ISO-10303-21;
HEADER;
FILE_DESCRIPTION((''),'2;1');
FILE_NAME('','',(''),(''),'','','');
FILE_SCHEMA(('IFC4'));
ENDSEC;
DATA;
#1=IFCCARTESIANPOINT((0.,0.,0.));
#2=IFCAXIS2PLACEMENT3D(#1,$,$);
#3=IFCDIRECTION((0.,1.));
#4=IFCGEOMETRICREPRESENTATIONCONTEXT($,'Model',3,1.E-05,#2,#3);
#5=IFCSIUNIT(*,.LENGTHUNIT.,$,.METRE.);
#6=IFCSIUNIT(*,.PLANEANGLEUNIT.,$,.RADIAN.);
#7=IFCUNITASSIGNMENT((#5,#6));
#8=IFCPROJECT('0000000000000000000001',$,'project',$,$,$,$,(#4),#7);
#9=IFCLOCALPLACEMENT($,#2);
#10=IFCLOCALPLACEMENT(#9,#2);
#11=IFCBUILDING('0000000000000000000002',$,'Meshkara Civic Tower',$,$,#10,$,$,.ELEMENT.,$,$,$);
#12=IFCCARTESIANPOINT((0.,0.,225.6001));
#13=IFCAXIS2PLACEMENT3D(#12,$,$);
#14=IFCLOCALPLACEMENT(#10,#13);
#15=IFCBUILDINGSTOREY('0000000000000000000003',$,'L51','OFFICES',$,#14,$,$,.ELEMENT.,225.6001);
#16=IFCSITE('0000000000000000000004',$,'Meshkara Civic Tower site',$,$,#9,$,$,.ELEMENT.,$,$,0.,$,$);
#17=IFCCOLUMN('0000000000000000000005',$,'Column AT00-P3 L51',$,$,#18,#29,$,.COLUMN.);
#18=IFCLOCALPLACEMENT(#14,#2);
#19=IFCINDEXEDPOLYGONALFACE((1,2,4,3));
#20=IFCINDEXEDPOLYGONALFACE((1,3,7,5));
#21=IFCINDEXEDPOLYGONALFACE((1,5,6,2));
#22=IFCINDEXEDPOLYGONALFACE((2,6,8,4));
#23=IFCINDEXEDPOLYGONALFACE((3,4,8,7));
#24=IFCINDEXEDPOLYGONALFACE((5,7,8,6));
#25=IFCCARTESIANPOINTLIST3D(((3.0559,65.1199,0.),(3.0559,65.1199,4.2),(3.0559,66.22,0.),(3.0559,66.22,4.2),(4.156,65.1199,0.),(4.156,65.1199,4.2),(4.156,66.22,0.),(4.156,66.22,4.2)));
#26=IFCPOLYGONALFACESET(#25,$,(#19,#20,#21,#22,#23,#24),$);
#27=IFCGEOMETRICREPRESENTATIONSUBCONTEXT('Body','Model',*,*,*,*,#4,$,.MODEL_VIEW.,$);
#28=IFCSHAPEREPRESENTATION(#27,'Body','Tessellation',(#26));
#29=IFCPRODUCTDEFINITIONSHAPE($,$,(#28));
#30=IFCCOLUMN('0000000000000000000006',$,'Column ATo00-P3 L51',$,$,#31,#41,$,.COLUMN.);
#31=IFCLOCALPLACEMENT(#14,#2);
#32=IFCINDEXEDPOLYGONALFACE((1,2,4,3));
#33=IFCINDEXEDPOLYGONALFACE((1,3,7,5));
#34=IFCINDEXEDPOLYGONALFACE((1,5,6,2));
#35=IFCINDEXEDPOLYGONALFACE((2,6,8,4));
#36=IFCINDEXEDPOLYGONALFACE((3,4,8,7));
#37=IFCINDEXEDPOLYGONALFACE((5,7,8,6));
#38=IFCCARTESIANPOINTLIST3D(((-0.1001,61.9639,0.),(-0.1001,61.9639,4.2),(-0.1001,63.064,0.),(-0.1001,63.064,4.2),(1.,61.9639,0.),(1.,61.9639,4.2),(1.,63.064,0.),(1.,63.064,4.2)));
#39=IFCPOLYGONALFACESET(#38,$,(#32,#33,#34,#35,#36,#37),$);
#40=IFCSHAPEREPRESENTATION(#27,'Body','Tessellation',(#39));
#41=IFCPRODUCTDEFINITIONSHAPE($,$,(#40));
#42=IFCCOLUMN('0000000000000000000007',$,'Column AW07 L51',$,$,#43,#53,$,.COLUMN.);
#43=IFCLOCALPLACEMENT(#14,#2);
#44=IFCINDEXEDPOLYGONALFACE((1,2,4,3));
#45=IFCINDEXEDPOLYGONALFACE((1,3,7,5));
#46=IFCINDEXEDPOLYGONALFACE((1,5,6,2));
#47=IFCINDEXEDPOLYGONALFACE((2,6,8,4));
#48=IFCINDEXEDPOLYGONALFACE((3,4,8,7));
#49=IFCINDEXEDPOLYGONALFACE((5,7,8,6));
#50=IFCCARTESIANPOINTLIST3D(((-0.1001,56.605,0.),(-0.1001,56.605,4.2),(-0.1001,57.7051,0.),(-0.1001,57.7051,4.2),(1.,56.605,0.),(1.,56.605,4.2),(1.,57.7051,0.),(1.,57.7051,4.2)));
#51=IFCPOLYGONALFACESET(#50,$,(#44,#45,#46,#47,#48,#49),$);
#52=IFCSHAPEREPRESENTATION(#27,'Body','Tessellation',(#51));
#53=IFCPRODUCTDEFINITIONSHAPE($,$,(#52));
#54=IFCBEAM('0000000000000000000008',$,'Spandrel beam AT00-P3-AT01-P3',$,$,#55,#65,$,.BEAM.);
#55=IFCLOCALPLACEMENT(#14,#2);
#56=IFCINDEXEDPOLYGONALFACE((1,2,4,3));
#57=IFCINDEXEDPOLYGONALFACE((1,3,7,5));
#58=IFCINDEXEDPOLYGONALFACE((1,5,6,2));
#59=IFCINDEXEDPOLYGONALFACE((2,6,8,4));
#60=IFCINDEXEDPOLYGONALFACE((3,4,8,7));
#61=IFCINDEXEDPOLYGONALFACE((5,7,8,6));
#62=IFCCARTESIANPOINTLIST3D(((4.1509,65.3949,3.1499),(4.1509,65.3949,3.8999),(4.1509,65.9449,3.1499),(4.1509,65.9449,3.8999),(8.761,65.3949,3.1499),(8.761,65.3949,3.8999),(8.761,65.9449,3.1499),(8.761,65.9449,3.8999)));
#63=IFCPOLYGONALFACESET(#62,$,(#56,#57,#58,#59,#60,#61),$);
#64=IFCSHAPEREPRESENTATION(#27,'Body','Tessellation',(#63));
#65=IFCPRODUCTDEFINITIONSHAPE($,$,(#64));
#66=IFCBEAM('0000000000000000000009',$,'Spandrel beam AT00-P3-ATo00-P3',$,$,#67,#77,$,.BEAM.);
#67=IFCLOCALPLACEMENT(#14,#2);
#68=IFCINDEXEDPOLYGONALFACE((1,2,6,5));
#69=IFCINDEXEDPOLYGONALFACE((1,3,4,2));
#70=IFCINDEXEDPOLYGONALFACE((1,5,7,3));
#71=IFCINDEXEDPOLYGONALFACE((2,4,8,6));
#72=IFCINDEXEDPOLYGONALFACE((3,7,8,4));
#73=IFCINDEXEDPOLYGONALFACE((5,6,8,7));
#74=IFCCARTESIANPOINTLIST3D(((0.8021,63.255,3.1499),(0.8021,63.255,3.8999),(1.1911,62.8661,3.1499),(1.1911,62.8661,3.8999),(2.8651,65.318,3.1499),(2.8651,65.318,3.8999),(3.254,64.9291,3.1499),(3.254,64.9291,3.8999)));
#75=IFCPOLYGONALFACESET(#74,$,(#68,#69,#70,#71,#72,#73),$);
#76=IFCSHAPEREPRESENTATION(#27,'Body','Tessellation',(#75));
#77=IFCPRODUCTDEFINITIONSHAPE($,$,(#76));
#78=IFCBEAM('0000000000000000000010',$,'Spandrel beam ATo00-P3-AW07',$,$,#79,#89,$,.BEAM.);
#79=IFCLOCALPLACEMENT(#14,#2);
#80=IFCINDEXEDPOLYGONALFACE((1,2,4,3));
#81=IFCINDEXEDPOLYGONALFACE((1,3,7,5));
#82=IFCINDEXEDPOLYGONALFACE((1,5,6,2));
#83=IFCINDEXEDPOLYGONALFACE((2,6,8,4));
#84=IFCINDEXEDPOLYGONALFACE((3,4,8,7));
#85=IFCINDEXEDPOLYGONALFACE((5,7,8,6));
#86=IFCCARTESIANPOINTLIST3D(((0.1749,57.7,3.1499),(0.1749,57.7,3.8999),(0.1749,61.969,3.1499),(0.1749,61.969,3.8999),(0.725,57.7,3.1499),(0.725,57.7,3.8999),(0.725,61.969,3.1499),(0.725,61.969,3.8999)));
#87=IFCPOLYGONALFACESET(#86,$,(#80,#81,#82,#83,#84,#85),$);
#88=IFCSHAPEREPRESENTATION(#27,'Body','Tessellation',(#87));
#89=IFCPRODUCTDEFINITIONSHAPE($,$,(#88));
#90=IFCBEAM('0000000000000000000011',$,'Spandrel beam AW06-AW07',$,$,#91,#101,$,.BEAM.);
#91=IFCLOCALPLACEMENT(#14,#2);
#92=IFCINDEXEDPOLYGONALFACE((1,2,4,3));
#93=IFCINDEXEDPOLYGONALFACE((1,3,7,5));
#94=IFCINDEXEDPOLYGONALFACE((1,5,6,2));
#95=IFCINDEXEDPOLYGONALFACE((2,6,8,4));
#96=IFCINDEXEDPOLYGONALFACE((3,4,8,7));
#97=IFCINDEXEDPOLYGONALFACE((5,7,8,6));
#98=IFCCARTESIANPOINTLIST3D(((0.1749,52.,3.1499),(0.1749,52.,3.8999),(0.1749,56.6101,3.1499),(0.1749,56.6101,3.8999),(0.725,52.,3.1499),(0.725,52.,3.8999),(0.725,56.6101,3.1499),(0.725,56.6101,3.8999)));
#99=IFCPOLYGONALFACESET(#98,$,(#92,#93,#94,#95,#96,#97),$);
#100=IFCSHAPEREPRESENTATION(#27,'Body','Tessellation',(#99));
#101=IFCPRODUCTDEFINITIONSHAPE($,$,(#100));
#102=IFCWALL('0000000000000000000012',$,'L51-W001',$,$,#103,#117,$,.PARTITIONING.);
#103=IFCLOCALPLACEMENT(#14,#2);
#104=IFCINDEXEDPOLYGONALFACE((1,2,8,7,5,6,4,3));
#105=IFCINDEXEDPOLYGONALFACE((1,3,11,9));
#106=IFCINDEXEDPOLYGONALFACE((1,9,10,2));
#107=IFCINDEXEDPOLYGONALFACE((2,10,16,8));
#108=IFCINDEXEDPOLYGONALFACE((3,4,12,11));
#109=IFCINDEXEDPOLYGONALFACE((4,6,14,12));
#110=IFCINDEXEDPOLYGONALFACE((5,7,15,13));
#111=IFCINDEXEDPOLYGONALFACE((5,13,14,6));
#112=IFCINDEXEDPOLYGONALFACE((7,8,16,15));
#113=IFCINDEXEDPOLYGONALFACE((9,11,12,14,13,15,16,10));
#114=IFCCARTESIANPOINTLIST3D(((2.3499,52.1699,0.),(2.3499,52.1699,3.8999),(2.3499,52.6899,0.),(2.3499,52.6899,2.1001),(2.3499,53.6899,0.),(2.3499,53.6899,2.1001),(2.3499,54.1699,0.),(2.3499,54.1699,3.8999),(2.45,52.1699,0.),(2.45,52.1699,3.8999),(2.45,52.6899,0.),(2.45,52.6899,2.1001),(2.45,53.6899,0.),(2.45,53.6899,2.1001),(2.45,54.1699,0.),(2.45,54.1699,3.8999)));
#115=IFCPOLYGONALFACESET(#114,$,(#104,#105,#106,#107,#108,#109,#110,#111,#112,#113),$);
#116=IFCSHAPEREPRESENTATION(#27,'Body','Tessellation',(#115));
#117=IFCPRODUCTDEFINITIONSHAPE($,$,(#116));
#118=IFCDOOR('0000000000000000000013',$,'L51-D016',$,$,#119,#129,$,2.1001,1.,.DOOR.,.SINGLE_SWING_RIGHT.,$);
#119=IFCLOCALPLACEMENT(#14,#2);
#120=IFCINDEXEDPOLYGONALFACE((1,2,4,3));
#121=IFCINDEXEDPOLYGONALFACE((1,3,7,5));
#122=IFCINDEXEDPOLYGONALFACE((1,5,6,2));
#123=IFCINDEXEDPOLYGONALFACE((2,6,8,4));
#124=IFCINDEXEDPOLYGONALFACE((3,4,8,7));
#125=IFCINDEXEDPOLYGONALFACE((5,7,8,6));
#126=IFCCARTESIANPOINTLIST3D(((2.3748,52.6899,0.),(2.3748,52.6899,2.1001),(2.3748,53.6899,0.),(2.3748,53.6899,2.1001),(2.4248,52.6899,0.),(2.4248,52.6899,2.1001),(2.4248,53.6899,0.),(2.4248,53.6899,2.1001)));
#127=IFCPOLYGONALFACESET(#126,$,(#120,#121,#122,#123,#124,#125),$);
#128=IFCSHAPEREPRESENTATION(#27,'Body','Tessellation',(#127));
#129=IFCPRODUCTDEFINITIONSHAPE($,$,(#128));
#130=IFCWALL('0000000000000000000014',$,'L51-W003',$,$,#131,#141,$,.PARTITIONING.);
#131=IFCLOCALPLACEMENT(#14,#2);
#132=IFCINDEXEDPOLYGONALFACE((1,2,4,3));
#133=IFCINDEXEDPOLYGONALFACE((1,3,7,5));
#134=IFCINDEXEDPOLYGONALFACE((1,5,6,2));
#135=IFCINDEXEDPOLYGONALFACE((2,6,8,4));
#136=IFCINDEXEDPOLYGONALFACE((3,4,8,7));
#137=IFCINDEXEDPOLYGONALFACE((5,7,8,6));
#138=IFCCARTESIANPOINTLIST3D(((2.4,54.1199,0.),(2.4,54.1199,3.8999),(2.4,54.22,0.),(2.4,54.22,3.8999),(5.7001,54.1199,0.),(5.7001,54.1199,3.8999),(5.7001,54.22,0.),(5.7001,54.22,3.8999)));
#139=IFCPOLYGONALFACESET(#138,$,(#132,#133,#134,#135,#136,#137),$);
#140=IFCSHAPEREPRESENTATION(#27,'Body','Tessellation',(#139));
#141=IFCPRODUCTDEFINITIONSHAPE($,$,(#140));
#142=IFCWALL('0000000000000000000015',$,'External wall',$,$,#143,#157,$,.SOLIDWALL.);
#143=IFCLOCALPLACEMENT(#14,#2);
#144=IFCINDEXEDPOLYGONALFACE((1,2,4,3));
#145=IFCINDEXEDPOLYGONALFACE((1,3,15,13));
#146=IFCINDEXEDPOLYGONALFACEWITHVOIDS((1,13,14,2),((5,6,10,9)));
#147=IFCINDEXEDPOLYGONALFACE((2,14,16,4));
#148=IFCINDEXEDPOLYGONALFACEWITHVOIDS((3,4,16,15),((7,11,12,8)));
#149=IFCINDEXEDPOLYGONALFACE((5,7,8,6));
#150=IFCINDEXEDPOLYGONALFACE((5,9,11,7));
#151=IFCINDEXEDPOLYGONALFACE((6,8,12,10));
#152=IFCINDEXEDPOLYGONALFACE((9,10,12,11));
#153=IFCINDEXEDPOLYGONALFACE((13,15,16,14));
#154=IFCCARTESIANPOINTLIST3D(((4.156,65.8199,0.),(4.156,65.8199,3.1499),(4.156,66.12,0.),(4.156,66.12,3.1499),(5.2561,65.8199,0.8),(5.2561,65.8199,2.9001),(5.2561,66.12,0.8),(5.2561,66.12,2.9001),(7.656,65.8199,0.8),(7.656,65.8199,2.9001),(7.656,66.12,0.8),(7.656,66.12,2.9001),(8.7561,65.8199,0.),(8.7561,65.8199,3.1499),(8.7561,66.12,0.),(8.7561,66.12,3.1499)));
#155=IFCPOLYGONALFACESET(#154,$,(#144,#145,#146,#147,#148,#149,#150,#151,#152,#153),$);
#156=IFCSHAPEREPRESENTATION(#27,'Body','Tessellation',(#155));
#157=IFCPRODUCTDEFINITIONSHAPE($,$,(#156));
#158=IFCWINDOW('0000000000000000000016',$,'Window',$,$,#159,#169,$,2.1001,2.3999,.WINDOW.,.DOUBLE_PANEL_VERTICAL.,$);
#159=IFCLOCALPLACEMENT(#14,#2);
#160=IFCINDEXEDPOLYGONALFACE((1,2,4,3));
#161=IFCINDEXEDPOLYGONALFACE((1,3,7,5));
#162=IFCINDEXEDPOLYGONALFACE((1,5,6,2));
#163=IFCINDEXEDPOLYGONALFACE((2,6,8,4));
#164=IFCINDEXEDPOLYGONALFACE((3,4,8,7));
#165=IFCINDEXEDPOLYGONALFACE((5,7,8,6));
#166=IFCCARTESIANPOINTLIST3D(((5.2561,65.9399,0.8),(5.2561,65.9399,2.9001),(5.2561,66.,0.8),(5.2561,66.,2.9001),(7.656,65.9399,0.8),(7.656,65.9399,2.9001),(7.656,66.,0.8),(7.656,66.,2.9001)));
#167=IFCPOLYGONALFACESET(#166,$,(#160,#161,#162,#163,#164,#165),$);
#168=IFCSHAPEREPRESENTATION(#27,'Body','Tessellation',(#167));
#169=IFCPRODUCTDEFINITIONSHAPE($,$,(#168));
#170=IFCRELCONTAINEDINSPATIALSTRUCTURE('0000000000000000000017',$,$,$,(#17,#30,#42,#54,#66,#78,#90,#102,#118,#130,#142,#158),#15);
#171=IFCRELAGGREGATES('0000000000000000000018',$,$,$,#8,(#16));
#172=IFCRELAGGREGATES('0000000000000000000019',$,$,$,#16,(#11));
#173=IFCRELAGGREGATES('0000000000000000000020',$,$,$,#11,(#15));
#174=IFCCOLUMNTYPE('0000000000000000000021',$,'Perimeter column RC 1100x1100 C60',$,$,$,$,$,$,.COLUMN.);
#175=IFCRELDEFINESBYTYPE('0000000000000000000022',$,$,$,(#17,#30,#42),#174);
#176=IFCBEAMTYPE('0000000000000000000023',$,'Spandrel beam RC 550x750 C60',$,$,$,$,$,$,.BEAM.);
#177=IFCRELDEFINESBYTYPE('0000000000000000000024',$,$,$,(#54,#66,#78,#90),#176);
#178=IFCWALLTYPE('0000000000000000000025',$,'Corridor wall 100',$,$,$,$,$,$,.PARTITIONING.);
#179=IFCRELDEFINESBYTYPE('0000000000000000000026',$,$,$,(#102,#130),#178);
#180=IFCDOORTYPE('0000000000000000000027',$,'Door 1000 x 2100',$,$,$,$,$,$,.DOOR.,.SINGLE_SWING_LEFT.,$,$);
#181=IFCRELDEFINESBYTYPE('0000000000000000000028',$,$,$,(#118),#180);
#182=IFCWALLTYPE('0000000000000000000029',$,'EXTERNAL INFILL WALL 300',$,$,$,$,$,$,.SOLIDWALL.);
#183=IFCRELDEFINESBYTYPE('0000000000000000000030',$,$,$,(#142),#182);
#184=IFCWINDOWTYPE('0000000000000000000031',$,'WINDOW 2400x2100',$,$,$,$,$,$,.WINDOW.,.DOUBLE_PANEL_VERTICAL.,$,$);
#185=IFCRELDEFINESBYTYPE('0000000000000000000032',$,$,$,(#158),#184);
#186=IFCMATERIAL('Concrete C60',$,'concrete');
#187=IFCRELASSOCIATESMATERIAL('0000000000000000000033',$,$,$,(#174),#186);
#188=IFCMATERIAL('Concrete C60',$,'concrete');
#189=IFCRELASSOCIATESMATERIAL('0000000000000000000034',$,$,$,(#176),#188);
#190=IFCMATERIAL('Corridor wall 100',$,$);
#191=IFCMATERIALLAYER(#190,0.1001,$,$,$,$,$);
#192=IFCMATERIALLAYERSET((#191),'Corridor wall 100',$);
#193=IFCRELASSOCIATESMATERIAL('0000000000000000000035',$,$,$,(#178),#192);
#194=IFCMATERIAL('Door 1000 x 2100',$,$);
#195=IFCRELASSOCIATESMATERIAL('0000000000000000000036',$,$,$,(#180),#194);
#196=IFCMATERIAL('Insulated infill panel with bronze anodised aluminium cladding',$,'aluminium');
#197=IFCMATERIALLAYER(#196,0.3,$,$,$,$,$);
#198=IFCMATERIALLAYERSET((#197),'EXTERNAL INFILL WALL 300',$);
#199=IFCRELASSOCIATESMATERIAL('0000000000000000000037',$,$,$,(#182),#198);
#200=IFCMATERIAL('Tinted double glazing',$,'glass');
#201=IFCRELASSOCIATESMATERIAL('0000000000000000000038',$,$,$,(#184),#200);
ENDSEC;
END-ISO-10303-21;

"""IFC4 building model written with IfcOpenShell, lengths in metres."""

from ifc_helpers import new_model, si_unit, direction, frame, frame_2d, origin, origin_2d, place, context, subcontext, project, spatial, rectangle, extrude, material, layer, layer_set, material_profile, profile_set, type_object, element, fill, save


model = new_model("IFC4")

# Units and contexts
model_context = context("Model", 3, precision=1e-05, world=origin(), true_north=direction((0.0, 1.0)))
body_context = subcontext(model_context, "Body", "Model", "MODEL_VIEW")
ifc_project = project(units=[si_unit("LENGTHUNIT", "METRE"), si_unit("PLANEANGLEUNIT", "RADIAN")], contexts=[model_context])

# Site, building, storey
site_placement = place(None, origin())
site = spatial("IfcSite", under=ifc_project, at=site_placement, Name="Meshkara Civic Tower site", CompositionType="ELEMENT", RefElevation=0.0)
building_placement = place(site_placement, origin())
building = spatial("IfcBuilding", under=site, at=building_placement, Name="Meshkara Civic Tower", CompositionType="ELEMENT")
storey_placement = place(building_placement, frame((0.0, 0.0, 225.6001)))
storey = spatial("IfcBuildingStorey", under=building, at=storey_placement, Name="L51", Description="OFFICES", CompositionType="ELEMENT", Elevation=225.6001)

# Columns
ifc_material_1 = material(Name="Concrete C60", Category="concrete")
ifc_material_profile_1 = material_profile(ifc_material_1, rectangle(XDim=1.1001, YDim=1.1001, at=origin_2d()))
ifc_profile_set_1 = profile_set([ifc_material_profile_1], Name="Concrete C60")
column_type = type_object("IfcColumnType", Name="Perimeter column RC 1100x1100 C60", PredefinedType="COLUMN", material=ifc_profile_set_1)
for number, where, z_axis, x_axis, name in (
    (1, (3.606, 65.6699, 0.0), (0.0, 0.0, 1.0), (1.0, 0.0, 0.0), "Column AT00-P3 L51"),
    (2, (0.45, 62.5139, 0.0), (0.0, 0.0, 1.0), (1.0, 0.0, 0.0), "Column ATo00-P3 L51"),
    (3, (0.45, 57.155, 0.0), (0.0, 0.0, 1.0), (1.0, 0.0, 0.0), "Column AW07 L51"),
):
    element("IfcColumn", number, at=place(storey_placement, frame(where, z_axis=z_axis, x_axis=x_axis)), inside=storey, type_object=column_type, Name=name, PredefinedType="COLUMN", context=body_context, shape_type="SweptSolid", body=[
        extrude(rectangle(XDim=1.1001, YDim=1.1001, at=origin_2d()), origin(), (0.0, 0.0, 1.0), 4.2),
    ])

# Beams
ifc_material_2 = material(Name="Concrete C60", Category="concrete")
ifc_material_profile_2 = material_profile(ifc_material_2, rectangle(XDim=0.55, YDim=0.75, at=origin_2d()))
ifc_profile_set_2 = profile_set([ifc_material_profile_2], Name="Concrete C60")
beam_type = type_object("IfcBeamType", Name="Spandrel beam RC 550x750 C60", PredefinedType="BEAM", material=ifc_profile_set_2)
beam_1_placement = place(storey_placement, frame((8.761, 65.6699, 3.5249), z_axis=(-1.0, 0.0, 0.0), x_axis=(0.0, -1.0, 0.0)))
element("IfcBeam", 4, at=beam_1_placement, inside=storey, type_object=beam_type, Name="Spandrel beam AT00-P3-AT01-P3", PredefinedType="BEAM", context=body_context, shape_type="SweptSolid", body=[
    extrude(rectangle(XDim=0.55, YDim=0.75, at=origin_2d()), origin(), (0.0, 0.0, 1.0), 4.6101),
])
beam_2_placement = place(storey_placement, frame((3.0596, 65.1235, 3.5249), z_axis=(-0.707107, -0.707107, 0.0), x_axis=(0.707107, -0.707107, 0.0)))
element("IfcBeam", 5, at=beam_2_placement, inside=storey, type_object=beam_type, Name="Spandrel beam AT00-P3-ATo00-P3", PredefinedType="BEAM", context=body_context, shape_type="SweptSolid", body=[
    extrude(rectangle(XDim=0.55, YDim=0.75, at=origin_2d()), origin(), (0.0, 0.0, 1.0), 2.9175),
])
beam_3_placement = place(storey_placement, frame((0.45, 61.969, 3.5249), z_axis=(0.0, -1.0, 0.0), x_axis=(1.0, 0.0, 0.0)))
element("IfcBeam", 6, at=beam_3_placement, inside=storey, type_object=beam_type, Name="Spandrel beam ATo00-P3-AW07", PredefinedType="BEAM", context=body_context, shape_type="SweptSolid", body=[
    extrude(rectangle(XDim=0.55, YDim=0.75, at=origin_2d()), origin(), (0.0, 0.0, 1.0), 4.269),
])
beam_4_placement = place(storey_placement, frame((0.45, 56.6101, 3.5249), z_axis=(0.0, -1.0, 0.0), x_axis=(1.0, 0.0, 0.0)))
element("IfcBeam", 7, at=beam_4_placement, inside=storey, type_object=beam_type, Name="Spandrel beam AW06-AW07", PredefinedType="BEAM", context=body_context, shape_type="SweptSolid", body=[
    extrude(rectangle(XDim=0.55, YDim=0.75, at=origin_2d()), origin(), (0.0, 0.0, 1.0), 4.6101),
])

# Wall, opening, door
ifc_material_3 = material(Name="Corridor wall 100")
ifc_layer_1 = layer(ifc_material_3, 0.1001)
ifc_layer_set_1 = layer_set([ifc_layer_1], Name="Corridor wall 100")
wall_type_1 = type_object("IfcWallType", Name="Corridor wall 100", PredefinedType="PARTITIONING", material=ifc_layer_set_1)
wall_1_placement = place(storey_placement, frame((2.3999, 54.1699, 0.0), z_axis=(0.0, 0.0, 1.0), x_axis=(0.0, -1.0, 0.0)))
wall_1 = element("IfcWall", 8, at=wall_1_placement, inside=storey, type_object=wall_type_1, Name="L51-W001", PredefinedType="PARTITIONING", context=body_context, shape_type="SweptSolid", body=[
    extrude(rectangle(XDim=2.0, YDim=0.1001, at=frame_2d((1.0, 0.0))), origin(), (0.0, 0.0, 1.0), 3.8999),
])
opening_1_placement = place(wall_1_placement, frame((0.48, 0.0, 0.0)))
opening_1 = element("IfcOpeningElement", 9, at=opening_1_placement, cuts=wall_1, PredefinedType="OPENING", context=body_context, shape_type="SweptSolid", body=[
    extrude(rectangle(XDim=1.0, YDim=2.1001, at=frame_2d((0.5, 1.05))), frame((0.0, 0.0601, 0.0), z_axis=(0.0, -1.0, 0.0), x_axis=(1.0, 0.0, 0.0)), (0.0, 0.0, 1.0), 0.1201),
])
ifc_material_4 = material(Name="Door 1000 x 2100")
door_type_1 = type_object("IfcDoorType", Name="Door 1000 x 2100", OperationType="SINGLE_SWING_LEFT", PredefinedType="DOOR", material=ifc_material_4)
door_1_placement = place(opening_1_placement, origin())
door_1 = element("IfcDoor", 10, at=door_1_placement, inside=storey, type_object=door_type_1, Name="L51-D016", OperationType="SINGLE_SWING_RIGHT", OverallHeight=2.1001, OverallWidth=1.0, PredefinedType="DOOR", context=body_context, shape_type="SweptSolid", body=[
    extrude(rectangle(XDim=1.0, YDim=2.1001, at=frame_2d((0.5, 1.05))), frame((0.0, 0.0249, 0.0), z_axis=(0.0, -1.0, 0.0), x_axis=(1.0, 0.0, 0.0)), (0.0, 0.0, 1.0), 0.05),
])
fill(opening_1, door_1)

# Wall
wall_2_placement = place(storey_placement, frame((5.7, 54.1699, 0.0), z_axis=(0.0, 0.0, 1.0), x_axis=(-1.0, 0.0, 0.0)))
element("IfcWall", 11, at=wall_2_placement, inside=storey, type_object=wall_type_1, Name="L51-W003", PredefinedType="PARTITIONING", context=body_context, shape_type="SweptSolid", body=[
    extrude(rectangle(XDim=3.3, YDim=0.1001, at=frame_2d((1.6499, 0.0))), origin(), (0.0, 0.0, 1.0), 3.8999),
])

# Wall, opening, window
ifc_material_5 = material(Name="Insulated infill panel with bronze anodised aluminium cladding", Category="aluminium")
ifc_layer_2 = layer(ifc_material_5, 0.3)
ifc_layer_set_2 = layer_set([ifc_layer_2], Name="EXTERNAL INFILL WALL 300")
wall_type_2 = type_object("IfcWallType", Name="EXTERNAL INFILL WALL 300", PredefinedType="SOLIDWALL", material=ifc_layer_set_2)
wall_3_placement = place(storey_placement, frame((8.7561, 65.97, 0.0), z_axis=(0.0, 0.0, 1.0), x_axis=(-1.0, 0.0, 0.0)))
wall_3 = element("IfcWall", 12, at=wall_3_placement, inside=storey, type_object=wall_type_2, Name="External wall", PredefinedType="SOLIDWALL", context=body_context, shape_type="SweptSolid", body=[
    extrude(rectangle(XDim=4.6001, YDim=0.3, at=frame_2d((2.3, 0.0))), origin(), (0.0, 0.0, 1.0), 3.1499),
])
opening_2_placement = place(wall_3_placement, frame((1.1001, 0.0, 0.8)))
opening_2 = element("IfcOpeningElement", 13, at=opening_2_placement, cuts=wall_3, PredefinedType="OPENING", context=body_context, shape_type="SweptSolid", body=[
    extrude(rectangle(XDim=2.3999, YDim=2.1001, at=frame_2d((1.2, 1.05))), frame((0.0, 0.1599, 0.0), z_axis=(0.0, -1.0, 0.0), x_axis=(1.0, 0.0, 0.0)), (0.0, 0.0, 1.0), 0.3201),
])
ifc_material_6 = material(Name="Tinted double glazing", Category="glass")
window_type_1 = type_object("IfcWindowType", Name="WINDOW 2400x2100", PartitioningType="DOUBLE_PANEL_VERTICAL", PredefinedType="WINDOW", material=ifc_material_6)
window_1_placement = place(opening_2_placement, origin())
window_1 = element("IfcWindow", 14, at=window_1_placement, inside=storey, type_object=window_type_1, Name="Window", OverallHeight=2.1001, OverallWidth=2.3999, PartitioningType="DOUBLE_PANEL_VERTICAL", PredefinedType="WINDOW", context=body_context, shape_type="SweptSolid", body=[
    extrude(rectangle(XDim=2.3999, YDim=2.1001, at=frame_2d((1.2, 1.05))), frame((0.0, 0.03, 0.0), z_axis=(0.0, -1.0, 0.0), x_axis=(1.0, 0.0, 0.0)), (0.0, 0.0, 1.0), 0.0601),
])
fill(opening_2, window_1)

save(model, "model.ifc")
